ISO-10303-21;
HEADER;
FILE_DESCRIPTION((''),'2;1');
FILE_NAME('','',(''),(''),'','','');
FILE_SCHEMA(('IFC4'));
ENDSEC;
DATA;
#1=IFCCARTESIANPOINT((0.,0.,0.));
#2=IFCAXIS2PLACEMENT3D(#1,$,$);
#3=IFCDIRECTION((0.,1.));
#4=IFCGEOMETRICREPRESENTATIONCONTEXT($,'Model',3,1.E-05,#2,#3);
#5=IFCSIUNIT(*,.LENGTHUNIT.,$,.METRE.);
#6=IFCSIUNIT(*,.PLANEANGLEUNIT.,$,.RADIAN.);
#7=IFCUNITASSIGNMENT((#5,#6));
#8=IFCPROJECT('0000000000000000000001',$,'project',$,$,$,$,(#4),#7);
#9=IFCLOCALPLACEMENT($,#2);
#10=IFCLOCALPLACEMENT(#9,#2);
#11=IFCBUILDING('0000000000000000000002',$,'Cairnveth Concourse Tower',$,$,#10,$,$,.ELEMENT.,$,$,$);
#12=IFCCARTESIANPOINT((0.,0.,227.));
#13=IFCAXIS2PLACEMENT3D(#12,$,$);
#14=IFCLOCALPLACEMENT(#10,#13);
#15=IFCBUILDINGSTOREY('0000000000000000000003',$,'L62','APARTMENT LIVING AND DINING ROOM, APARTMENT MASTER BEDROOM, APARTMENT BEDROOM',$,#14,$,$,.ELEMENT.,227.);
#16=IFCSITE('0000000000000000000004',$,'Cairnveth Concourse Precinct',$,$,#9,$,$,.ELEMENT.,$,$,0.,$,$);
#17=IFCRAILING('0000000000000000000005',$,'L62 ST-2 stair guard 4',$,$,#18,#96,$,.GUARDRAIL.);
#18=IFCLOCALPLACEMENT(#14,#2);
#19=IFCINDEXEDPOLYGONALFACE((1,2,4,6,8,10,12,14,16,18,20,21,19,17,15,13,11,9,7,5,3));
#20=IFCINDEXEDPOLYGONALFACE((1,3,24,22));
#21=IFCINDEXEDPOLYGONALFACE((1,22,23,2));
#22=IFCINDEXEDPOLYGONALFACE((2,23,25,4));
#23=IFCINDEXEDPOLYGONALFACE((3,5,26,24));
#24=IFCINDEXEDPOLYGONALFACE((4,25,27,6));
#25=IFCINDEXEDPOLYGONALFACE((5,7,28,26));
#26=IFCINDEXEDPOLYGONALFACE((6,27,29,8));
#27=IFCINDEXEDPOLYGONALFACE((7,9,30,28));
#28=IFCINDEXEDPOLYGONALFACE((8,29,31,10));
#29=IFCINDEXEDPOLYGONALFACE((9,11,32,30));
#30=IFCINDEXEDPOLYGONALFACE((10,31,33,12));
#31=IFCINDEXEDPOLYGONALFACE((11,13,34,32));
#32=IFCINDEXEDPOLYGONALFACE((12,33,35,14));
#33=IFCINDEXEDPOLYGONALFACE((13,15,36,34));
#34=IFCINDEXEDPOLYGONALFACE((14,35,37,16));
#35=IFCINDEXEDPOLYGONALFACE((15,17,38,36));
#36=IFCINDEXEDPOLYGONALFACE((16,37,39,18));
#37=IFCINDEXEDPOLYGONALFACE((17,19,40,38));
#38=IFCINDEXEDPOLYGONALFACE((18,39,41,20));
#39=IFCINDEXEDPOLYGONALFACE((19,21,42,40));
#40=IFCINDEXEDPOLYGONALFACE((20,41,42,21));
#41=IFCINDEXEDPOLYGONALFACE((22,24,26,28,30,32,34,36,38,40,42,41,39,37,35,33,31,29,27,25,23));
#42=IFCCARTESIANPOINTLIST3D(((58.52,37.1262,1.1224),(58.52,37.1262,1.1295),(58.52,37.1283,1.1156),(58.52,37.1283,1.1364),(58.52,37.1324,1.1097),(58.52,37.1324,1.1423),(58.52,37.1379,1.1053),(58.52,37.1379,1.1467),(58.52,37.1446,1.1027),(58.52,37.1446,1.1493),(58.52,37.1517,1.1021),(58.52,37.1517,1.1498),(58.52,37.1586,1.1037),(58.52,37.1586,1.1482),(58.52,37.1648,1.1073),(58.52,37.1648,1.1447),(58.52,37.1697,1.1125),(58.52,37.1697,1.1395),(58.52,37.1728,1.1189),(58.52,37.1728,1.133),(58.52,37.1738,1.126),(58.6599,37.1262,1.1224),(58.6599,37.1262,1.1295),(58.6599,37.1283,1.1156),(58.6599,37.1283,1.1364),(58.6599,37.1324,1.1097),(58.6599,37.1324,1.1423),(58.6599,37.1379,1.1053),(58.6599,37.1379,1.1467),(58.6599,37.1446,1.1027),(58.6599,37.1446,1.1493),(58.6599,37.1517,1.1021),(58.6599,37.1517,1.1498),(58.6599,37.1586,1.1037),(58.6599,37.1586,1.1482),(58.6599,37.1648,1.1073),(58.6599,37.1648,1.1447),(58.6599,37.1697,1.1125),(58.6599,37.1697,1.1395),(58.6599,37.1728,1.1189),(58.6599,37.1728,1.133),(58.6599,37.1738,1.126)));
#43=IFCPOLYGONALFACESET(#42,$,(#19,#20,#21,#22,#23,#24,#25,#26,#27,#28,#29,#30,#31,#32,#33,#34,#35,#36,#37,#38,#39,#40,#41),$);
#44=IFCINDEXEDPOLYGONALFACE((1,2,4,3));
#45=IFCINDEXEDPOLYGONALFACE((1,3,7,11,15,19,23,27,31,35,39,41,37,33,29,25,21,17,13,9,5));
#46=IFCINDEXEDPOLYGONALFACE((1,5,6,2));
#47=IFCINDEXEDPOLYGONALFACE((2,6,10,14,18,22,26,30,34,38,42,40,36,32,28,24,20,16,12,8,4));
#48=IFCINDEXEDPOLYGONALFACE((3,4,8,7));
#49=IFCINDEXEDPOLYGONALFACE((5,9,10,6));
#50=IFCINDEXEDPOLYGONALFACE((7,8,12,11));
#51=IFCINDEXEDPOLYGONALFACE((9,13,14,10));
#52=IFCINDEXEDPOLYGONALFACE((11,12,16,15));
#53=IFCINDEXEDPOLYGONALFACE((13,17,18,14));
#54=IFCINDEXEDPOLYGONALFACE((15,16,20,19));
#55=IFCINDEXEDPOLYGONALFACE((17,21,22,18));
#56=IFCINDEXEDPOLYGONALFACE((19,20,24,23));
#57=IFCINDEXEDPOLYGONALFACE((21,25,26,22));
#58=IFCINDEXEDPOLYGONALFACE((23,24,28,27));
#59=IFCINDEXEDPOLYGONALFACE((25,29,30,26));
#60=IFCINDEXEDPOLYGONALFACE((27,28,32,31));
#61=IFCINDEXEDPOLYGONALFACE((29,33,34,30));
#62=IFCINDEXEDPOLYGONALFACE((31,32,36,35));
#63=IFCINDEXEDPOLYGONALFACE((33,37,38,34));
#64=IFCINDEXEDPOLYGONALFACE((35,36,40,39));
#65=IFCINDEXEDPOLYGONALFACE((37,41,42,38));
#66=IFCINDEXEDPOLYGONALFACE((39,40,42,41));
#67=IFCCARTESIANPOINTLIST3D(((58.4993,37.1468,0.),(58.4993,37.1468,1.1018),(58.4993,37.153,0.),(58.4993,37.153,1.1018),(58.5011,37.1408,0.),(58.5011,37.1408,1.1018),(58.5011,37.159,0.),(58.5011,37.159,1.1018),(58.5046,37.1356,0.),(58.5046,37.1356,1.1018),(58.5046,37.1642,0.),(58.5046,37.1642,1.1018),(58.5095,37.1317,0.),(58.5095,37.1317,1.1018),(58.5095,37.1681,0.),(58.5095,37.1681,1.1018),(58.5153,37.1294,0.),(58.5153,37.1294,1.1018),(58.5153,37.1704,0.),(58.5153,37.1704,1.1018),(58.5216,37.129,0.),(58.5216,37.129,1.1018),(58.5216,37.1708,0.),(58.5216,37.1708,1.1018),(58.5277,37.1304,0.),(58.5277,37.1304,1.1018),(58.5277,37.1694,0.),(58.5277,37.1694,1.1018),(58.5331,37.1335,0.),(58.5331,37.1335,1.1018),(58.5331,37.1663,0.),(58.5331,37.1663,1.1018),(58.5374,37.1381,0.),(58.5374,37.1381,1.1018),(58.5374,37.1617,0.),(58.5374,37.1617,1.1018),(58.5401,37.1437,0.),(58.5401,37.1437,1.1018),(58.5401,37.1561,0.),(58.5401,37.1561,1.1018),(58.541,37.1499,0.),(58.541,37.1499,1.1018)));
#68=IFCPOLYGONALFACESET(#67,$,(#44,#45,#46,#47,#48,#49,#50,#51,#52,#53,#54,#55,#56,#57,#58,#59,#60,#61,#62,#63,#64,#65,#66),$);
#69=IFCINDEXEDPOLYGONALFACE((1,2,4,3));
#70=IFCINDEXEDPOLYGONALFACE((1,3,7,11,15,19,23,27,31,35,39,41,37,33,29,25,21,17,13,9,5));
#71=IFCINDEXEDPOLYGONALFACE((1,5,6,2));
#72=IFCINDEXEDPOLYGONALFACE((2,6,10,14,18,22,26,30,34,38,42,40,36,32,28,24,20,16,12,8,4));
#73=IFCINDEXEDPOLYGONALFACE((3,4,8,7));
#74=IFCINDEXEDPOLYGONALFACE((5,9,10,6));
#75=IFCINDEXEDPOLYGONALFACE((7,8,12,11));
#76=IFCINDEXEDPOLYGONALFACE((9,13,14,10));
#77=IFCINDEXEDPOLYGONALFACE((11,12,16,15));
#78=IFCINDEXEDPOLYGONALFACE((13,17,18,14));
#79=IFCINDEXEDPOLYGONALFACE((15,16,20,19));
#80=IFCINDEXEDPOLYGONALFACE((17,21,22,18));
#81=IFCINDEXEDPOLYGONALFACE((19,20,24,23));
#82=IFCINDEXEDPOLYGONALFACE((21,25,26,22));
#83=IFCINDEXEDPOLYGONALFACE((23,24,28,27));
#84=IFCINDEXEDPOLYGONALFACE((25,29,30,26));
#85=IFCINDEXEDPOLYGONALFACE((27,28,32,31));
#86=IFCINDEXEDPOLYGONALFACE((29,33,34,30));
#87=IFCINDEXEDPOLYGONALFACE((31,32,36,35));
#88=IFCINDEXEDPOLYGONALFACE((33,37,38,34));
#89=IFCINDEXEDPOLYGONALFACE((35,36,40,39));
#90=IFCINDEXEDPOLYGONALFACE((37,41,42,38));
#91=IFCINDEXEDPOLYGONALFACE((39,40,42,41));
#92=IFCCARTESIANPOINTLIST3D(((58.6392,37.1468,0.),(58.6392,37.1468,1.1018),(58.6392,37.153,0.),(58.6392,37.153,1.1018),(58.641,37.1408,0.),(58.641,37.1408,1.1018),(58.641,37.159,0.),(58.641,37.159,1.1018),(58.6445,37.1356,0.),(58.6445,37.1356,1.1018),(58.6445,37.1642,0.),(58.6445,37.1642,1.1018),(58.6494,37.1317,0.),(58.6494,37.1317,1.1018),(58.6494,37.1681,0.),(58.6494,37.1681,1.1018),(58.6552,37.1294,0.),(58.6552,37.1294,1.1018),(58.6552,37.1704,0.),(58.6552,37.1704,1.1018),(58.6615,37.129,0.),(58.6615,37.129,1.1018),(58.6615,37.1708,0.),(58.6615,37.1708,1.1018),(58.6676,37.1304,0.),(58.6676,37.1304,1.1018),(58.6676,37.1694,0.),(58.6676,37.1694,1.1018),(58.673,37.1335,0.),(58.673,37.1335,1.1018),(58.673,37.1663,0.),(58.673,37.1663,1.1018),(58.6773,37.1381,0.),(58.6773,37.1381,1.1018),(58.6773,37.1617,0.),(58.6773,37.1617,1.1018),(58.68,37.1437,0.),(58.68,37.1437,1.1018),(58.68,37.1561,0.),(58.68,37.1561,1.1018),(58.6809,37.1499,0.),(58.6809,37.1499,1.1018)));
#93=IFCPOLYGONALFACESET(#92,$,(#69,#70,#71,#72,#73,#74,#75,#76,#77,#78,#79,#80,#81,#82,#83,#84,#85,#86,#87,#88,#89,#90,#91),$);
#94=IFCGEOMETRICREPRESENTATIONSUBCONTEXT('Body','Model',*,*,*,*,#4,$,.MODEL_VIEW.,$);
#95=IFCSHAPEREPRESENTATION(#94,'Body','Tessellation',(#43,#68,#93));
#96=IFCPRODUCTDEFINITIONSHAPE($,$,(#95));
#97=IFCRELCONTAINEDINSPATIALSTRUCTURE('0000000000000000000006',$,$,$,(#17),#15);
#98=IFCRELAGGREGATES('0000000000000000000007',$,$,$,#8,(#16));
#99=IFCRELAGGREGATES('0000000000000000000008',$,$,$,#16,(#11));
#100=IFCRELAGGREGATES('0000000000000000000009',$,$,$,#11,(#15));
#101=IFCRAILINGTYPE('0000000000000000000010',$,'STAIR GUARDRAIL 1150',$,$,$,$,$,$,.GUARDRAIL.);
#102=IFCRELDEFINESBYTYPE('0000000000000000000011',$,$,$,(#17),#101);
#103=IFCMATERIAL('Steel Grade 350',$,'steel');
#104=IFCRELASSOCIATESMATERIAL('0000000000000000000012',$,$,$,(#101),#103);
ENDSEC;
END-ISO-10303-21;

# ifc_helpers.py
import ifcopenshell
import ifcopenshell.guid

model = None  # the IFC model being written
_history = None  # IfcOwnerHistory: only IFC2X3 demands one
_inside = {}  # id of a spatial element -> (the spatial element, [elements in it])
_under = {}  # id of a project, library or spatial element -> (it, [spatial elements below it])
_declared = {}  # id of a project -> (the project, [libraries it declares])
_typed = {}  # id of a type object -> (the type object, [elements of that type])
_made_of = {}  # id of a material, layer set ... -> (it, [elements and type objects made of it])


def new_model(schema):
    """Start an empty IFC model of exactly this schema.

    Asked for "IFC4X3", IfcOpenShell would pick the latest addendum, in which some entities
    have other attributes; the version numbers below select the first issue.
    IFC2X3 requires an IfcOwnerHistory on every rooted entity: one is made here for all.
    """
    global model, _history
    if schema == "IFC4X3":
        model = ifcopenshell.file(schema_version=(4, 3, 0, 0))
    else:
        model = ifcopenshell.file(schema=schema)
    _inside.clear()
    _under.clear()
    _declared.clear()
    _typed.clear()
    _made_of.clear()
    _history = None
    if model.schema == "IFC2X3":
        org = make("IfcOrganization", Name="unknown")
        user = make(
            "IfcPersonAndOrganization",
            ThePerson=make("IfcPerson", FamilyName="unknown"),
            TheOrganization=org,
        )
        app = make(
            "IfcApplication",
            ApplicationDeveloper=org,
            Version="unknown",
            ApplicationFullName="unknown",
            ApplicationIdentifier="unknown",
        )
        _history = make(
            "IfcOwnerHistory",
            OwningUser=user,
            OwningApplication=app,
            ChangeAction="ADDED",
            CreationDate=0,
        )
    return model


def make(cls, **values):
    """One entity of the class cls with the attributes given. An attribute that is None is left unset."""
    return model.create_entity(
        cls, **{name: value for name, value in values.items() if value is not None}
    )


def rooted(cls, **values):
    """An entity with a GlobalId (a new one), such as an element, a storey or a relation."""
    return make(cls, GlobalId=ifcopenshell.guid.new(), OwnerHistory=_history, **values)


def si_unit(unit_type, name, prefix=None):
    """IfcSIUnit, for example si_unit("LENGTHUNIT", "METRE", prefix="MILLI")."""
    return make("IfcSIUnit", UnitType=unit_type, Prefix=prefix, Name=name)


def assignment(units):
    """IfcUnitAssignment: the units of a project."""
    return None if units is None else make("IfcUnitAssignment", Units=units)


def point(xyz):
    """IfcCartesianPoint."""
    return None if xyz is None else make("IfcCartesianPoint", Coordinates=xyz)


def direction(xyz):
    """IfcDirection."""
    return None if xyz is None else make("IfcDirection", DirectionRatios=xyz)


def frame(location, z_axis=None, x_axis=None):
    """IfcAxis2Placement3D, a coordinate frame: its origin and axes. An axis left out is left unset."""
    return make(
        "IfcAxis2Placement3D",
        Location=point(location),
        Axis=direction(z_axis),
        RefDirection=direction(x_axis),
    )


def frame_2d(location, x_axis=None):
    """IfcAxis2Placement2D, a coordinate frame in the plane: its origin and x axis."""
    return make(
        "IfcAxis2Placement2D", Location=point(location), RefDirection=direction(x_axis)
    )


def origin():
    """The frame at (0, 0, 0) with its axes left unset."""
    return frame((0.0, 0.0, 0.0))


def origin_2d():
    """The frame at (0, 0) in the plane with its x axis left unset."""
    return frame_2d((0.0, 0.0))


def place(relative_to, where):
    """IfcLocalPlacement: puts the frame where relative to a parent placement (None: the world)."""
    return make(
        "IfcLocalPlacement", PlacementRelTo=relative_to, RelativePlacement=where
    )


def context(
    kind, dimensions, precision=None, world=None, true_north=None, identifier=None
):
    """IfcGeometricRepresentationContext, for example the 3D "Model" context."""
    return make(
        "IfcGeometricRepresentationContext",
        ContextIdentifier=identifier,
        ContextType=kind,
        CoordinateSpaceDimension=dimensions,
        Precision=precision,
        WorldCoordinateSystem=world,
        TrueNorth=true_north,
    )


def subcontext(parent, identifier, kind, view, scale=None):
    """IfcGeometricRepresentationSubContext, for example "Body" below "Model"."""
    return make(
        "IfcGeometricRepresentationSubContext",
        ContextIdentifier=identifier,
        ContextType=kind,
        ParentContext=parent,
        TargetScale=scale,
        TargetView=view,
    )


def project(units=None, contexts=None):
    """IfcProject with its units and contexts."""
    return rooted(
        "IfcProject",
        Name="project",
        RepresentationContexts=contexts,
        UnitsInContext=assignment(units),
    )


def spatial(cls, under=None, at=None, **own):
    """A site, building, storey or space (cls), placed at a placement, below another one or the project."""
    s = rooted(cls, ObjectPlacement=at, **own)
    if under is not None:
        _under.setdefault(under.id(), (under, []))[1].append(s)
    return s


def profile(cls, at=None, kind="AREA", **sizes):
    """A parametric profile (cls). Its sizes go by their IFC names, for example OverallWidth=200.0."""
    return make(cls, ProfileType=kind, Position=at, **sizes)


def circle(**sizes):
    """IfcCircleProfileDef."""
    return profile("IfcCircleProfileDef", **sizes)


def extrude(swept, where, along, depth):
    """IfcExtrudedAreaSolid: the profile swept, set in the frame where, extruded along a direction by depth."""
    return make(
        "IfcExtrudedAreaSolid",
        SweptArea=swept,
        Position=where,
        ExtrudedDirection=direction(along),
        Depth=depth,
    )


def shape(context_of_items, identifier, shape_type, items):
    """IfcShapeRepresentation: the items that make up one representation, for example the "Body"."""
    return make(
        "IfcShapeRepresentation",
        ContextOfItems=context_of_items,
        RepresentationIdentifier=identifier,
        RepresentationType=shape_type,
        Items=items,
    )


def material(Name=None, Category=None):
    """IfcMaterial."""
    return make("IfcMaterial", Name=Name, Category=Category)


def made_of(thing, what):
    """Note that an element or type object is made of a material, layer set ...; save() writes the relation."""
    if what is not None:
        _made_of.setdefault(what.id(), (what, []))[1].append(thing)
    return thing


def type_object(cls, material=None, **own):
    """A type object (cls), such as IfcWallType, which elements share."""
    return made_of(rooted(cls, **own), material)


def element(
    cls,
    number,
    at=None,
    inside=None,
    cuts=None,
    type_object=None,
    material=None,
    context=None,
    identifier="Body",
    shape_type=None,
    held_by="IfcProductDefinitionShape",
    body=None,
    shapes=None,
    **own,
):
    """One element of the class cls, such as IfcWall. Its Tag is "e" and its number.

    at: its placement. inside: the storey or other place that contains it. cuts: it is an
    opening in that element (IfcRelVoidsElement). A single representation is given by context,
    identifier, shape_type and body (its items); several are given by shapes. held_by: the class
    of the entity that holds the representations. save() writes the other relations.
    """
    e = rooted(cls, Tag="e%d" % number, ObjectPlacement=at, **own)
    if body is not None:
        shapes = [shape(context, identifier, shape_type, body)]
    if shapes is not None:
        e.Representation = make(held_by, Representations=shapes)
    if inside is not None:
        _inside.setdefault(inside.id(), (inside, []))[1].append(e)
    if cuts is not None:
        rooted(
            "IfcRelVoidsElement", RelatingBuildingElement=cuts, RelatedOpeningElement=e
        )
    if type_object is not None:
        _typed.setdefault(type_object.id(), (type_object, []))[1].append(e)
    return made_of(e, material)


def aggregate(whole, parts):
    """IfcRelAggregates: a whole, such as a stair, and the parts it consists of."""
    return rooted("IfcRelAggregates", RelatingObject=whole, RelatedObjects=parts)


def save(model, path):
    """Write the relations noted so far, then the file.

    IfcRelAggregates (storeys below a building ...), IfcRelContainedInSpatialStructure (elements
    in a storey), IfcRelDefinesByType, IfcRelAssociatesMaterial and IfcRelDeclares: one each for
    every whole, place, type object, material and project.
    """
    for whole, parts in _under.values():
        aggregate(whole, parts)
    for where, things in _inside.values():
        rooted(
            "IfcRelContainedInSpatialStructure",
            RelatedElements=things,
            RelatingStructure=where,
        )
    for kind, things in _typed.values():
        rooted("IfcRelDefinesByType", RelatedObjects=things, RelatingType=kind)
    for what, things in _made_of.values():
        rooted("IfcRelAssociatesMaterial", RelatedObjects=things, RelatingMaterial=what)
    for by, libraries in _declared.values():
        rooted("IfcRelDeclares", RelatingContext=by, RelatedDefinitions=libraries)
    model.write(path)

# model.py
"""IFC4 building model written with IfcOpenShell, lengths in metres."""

from ifc_helpers import new_model, si_unit, direction, frame, origin, origin_2d, place, context, subcontext, project, spatial, circle, extrude, material, type_object, element, save


model = new_model("IFC4")

# Units and contexts
model_context = context("Model", 3, precision=1e-05, world=origin(), true_north=direction((0.0, 1.0)))
body_context = subcontext(model_context, "Body", "Model", "MODEL_VIEW")
ifc_project = project(units=[si_unit("LENGTHUNIT", "METRE"), si_unit("PLANEANGLEUNIT", "RADIAN")], contexts=[model_context])

# Site, building, storey
site_placement = place(None, origin())
site = spatial("IfcSite", under=ifc_project, at=site_placement, Name="Cairnveth Concourse Precinct", CompositionType="ELEMENT", RefElevation=0.0)
building_placement = place(site_placement, origin())
building = spatial("IfcBuilding", under=site, at=building_placement, Name="Cairnveth Concourse Tower", CompositionType="ELEMENT")
storey_placement = place(building_placement, frame((0.0, 0.0, 227.0)))
storey = spatial("IfcBuildingStorey", under=building, at=storey_placement, Name="L62", Description="APARTMENT LIVING AND DINING ROOM, APARTMENT MASTER BEDROOM, APARTMENT BEDROOM", CompositionType="ELEMENT", Elevation=227.0)

# Shared definitions
ifc_material_1 = material(Name="Steel Grade 350", Category="steel")

# Railing
railing_type_1 = type_object("IfcRailingType", Name="STAIR GUARDRAIL 1150", PredefinedType="GUARDRAIL", material=ifc_material_1)
railing_1_placement = place(storey_placement, frame((58.52, 37.1499, 0.0)))
element("IfcRailing", 1, at=railing_1_placement, inside=storey, type_object=railing_type_1, Name="L62 ST-2 stair guard 4", PredefinedType="GUARDRAIL", context=body_context, shape_type="SweptSolid", body=[
    extrude(circle(Radius=0.0239, at=origin_2d()), frame((0.0, 0.0, 1.126), z_axis=(1.0, 0.0, 0.0), x_axis=(0.0, 1.0, 0.0)), (0.0, 0.0, 1.0), 0.1399),
    extrude(circle(Radius=0.021, at=origin_2d()), origin(), (0.0, 0.0, 1.0), 1.1018),
    extrude(circle(Radius=0.021, at=origin_2d()), frame((0.1399, 0.0, 0.0)), (0.0, 0.0, 1.0), 1.1018),
])

save(model, "model.ifc")
